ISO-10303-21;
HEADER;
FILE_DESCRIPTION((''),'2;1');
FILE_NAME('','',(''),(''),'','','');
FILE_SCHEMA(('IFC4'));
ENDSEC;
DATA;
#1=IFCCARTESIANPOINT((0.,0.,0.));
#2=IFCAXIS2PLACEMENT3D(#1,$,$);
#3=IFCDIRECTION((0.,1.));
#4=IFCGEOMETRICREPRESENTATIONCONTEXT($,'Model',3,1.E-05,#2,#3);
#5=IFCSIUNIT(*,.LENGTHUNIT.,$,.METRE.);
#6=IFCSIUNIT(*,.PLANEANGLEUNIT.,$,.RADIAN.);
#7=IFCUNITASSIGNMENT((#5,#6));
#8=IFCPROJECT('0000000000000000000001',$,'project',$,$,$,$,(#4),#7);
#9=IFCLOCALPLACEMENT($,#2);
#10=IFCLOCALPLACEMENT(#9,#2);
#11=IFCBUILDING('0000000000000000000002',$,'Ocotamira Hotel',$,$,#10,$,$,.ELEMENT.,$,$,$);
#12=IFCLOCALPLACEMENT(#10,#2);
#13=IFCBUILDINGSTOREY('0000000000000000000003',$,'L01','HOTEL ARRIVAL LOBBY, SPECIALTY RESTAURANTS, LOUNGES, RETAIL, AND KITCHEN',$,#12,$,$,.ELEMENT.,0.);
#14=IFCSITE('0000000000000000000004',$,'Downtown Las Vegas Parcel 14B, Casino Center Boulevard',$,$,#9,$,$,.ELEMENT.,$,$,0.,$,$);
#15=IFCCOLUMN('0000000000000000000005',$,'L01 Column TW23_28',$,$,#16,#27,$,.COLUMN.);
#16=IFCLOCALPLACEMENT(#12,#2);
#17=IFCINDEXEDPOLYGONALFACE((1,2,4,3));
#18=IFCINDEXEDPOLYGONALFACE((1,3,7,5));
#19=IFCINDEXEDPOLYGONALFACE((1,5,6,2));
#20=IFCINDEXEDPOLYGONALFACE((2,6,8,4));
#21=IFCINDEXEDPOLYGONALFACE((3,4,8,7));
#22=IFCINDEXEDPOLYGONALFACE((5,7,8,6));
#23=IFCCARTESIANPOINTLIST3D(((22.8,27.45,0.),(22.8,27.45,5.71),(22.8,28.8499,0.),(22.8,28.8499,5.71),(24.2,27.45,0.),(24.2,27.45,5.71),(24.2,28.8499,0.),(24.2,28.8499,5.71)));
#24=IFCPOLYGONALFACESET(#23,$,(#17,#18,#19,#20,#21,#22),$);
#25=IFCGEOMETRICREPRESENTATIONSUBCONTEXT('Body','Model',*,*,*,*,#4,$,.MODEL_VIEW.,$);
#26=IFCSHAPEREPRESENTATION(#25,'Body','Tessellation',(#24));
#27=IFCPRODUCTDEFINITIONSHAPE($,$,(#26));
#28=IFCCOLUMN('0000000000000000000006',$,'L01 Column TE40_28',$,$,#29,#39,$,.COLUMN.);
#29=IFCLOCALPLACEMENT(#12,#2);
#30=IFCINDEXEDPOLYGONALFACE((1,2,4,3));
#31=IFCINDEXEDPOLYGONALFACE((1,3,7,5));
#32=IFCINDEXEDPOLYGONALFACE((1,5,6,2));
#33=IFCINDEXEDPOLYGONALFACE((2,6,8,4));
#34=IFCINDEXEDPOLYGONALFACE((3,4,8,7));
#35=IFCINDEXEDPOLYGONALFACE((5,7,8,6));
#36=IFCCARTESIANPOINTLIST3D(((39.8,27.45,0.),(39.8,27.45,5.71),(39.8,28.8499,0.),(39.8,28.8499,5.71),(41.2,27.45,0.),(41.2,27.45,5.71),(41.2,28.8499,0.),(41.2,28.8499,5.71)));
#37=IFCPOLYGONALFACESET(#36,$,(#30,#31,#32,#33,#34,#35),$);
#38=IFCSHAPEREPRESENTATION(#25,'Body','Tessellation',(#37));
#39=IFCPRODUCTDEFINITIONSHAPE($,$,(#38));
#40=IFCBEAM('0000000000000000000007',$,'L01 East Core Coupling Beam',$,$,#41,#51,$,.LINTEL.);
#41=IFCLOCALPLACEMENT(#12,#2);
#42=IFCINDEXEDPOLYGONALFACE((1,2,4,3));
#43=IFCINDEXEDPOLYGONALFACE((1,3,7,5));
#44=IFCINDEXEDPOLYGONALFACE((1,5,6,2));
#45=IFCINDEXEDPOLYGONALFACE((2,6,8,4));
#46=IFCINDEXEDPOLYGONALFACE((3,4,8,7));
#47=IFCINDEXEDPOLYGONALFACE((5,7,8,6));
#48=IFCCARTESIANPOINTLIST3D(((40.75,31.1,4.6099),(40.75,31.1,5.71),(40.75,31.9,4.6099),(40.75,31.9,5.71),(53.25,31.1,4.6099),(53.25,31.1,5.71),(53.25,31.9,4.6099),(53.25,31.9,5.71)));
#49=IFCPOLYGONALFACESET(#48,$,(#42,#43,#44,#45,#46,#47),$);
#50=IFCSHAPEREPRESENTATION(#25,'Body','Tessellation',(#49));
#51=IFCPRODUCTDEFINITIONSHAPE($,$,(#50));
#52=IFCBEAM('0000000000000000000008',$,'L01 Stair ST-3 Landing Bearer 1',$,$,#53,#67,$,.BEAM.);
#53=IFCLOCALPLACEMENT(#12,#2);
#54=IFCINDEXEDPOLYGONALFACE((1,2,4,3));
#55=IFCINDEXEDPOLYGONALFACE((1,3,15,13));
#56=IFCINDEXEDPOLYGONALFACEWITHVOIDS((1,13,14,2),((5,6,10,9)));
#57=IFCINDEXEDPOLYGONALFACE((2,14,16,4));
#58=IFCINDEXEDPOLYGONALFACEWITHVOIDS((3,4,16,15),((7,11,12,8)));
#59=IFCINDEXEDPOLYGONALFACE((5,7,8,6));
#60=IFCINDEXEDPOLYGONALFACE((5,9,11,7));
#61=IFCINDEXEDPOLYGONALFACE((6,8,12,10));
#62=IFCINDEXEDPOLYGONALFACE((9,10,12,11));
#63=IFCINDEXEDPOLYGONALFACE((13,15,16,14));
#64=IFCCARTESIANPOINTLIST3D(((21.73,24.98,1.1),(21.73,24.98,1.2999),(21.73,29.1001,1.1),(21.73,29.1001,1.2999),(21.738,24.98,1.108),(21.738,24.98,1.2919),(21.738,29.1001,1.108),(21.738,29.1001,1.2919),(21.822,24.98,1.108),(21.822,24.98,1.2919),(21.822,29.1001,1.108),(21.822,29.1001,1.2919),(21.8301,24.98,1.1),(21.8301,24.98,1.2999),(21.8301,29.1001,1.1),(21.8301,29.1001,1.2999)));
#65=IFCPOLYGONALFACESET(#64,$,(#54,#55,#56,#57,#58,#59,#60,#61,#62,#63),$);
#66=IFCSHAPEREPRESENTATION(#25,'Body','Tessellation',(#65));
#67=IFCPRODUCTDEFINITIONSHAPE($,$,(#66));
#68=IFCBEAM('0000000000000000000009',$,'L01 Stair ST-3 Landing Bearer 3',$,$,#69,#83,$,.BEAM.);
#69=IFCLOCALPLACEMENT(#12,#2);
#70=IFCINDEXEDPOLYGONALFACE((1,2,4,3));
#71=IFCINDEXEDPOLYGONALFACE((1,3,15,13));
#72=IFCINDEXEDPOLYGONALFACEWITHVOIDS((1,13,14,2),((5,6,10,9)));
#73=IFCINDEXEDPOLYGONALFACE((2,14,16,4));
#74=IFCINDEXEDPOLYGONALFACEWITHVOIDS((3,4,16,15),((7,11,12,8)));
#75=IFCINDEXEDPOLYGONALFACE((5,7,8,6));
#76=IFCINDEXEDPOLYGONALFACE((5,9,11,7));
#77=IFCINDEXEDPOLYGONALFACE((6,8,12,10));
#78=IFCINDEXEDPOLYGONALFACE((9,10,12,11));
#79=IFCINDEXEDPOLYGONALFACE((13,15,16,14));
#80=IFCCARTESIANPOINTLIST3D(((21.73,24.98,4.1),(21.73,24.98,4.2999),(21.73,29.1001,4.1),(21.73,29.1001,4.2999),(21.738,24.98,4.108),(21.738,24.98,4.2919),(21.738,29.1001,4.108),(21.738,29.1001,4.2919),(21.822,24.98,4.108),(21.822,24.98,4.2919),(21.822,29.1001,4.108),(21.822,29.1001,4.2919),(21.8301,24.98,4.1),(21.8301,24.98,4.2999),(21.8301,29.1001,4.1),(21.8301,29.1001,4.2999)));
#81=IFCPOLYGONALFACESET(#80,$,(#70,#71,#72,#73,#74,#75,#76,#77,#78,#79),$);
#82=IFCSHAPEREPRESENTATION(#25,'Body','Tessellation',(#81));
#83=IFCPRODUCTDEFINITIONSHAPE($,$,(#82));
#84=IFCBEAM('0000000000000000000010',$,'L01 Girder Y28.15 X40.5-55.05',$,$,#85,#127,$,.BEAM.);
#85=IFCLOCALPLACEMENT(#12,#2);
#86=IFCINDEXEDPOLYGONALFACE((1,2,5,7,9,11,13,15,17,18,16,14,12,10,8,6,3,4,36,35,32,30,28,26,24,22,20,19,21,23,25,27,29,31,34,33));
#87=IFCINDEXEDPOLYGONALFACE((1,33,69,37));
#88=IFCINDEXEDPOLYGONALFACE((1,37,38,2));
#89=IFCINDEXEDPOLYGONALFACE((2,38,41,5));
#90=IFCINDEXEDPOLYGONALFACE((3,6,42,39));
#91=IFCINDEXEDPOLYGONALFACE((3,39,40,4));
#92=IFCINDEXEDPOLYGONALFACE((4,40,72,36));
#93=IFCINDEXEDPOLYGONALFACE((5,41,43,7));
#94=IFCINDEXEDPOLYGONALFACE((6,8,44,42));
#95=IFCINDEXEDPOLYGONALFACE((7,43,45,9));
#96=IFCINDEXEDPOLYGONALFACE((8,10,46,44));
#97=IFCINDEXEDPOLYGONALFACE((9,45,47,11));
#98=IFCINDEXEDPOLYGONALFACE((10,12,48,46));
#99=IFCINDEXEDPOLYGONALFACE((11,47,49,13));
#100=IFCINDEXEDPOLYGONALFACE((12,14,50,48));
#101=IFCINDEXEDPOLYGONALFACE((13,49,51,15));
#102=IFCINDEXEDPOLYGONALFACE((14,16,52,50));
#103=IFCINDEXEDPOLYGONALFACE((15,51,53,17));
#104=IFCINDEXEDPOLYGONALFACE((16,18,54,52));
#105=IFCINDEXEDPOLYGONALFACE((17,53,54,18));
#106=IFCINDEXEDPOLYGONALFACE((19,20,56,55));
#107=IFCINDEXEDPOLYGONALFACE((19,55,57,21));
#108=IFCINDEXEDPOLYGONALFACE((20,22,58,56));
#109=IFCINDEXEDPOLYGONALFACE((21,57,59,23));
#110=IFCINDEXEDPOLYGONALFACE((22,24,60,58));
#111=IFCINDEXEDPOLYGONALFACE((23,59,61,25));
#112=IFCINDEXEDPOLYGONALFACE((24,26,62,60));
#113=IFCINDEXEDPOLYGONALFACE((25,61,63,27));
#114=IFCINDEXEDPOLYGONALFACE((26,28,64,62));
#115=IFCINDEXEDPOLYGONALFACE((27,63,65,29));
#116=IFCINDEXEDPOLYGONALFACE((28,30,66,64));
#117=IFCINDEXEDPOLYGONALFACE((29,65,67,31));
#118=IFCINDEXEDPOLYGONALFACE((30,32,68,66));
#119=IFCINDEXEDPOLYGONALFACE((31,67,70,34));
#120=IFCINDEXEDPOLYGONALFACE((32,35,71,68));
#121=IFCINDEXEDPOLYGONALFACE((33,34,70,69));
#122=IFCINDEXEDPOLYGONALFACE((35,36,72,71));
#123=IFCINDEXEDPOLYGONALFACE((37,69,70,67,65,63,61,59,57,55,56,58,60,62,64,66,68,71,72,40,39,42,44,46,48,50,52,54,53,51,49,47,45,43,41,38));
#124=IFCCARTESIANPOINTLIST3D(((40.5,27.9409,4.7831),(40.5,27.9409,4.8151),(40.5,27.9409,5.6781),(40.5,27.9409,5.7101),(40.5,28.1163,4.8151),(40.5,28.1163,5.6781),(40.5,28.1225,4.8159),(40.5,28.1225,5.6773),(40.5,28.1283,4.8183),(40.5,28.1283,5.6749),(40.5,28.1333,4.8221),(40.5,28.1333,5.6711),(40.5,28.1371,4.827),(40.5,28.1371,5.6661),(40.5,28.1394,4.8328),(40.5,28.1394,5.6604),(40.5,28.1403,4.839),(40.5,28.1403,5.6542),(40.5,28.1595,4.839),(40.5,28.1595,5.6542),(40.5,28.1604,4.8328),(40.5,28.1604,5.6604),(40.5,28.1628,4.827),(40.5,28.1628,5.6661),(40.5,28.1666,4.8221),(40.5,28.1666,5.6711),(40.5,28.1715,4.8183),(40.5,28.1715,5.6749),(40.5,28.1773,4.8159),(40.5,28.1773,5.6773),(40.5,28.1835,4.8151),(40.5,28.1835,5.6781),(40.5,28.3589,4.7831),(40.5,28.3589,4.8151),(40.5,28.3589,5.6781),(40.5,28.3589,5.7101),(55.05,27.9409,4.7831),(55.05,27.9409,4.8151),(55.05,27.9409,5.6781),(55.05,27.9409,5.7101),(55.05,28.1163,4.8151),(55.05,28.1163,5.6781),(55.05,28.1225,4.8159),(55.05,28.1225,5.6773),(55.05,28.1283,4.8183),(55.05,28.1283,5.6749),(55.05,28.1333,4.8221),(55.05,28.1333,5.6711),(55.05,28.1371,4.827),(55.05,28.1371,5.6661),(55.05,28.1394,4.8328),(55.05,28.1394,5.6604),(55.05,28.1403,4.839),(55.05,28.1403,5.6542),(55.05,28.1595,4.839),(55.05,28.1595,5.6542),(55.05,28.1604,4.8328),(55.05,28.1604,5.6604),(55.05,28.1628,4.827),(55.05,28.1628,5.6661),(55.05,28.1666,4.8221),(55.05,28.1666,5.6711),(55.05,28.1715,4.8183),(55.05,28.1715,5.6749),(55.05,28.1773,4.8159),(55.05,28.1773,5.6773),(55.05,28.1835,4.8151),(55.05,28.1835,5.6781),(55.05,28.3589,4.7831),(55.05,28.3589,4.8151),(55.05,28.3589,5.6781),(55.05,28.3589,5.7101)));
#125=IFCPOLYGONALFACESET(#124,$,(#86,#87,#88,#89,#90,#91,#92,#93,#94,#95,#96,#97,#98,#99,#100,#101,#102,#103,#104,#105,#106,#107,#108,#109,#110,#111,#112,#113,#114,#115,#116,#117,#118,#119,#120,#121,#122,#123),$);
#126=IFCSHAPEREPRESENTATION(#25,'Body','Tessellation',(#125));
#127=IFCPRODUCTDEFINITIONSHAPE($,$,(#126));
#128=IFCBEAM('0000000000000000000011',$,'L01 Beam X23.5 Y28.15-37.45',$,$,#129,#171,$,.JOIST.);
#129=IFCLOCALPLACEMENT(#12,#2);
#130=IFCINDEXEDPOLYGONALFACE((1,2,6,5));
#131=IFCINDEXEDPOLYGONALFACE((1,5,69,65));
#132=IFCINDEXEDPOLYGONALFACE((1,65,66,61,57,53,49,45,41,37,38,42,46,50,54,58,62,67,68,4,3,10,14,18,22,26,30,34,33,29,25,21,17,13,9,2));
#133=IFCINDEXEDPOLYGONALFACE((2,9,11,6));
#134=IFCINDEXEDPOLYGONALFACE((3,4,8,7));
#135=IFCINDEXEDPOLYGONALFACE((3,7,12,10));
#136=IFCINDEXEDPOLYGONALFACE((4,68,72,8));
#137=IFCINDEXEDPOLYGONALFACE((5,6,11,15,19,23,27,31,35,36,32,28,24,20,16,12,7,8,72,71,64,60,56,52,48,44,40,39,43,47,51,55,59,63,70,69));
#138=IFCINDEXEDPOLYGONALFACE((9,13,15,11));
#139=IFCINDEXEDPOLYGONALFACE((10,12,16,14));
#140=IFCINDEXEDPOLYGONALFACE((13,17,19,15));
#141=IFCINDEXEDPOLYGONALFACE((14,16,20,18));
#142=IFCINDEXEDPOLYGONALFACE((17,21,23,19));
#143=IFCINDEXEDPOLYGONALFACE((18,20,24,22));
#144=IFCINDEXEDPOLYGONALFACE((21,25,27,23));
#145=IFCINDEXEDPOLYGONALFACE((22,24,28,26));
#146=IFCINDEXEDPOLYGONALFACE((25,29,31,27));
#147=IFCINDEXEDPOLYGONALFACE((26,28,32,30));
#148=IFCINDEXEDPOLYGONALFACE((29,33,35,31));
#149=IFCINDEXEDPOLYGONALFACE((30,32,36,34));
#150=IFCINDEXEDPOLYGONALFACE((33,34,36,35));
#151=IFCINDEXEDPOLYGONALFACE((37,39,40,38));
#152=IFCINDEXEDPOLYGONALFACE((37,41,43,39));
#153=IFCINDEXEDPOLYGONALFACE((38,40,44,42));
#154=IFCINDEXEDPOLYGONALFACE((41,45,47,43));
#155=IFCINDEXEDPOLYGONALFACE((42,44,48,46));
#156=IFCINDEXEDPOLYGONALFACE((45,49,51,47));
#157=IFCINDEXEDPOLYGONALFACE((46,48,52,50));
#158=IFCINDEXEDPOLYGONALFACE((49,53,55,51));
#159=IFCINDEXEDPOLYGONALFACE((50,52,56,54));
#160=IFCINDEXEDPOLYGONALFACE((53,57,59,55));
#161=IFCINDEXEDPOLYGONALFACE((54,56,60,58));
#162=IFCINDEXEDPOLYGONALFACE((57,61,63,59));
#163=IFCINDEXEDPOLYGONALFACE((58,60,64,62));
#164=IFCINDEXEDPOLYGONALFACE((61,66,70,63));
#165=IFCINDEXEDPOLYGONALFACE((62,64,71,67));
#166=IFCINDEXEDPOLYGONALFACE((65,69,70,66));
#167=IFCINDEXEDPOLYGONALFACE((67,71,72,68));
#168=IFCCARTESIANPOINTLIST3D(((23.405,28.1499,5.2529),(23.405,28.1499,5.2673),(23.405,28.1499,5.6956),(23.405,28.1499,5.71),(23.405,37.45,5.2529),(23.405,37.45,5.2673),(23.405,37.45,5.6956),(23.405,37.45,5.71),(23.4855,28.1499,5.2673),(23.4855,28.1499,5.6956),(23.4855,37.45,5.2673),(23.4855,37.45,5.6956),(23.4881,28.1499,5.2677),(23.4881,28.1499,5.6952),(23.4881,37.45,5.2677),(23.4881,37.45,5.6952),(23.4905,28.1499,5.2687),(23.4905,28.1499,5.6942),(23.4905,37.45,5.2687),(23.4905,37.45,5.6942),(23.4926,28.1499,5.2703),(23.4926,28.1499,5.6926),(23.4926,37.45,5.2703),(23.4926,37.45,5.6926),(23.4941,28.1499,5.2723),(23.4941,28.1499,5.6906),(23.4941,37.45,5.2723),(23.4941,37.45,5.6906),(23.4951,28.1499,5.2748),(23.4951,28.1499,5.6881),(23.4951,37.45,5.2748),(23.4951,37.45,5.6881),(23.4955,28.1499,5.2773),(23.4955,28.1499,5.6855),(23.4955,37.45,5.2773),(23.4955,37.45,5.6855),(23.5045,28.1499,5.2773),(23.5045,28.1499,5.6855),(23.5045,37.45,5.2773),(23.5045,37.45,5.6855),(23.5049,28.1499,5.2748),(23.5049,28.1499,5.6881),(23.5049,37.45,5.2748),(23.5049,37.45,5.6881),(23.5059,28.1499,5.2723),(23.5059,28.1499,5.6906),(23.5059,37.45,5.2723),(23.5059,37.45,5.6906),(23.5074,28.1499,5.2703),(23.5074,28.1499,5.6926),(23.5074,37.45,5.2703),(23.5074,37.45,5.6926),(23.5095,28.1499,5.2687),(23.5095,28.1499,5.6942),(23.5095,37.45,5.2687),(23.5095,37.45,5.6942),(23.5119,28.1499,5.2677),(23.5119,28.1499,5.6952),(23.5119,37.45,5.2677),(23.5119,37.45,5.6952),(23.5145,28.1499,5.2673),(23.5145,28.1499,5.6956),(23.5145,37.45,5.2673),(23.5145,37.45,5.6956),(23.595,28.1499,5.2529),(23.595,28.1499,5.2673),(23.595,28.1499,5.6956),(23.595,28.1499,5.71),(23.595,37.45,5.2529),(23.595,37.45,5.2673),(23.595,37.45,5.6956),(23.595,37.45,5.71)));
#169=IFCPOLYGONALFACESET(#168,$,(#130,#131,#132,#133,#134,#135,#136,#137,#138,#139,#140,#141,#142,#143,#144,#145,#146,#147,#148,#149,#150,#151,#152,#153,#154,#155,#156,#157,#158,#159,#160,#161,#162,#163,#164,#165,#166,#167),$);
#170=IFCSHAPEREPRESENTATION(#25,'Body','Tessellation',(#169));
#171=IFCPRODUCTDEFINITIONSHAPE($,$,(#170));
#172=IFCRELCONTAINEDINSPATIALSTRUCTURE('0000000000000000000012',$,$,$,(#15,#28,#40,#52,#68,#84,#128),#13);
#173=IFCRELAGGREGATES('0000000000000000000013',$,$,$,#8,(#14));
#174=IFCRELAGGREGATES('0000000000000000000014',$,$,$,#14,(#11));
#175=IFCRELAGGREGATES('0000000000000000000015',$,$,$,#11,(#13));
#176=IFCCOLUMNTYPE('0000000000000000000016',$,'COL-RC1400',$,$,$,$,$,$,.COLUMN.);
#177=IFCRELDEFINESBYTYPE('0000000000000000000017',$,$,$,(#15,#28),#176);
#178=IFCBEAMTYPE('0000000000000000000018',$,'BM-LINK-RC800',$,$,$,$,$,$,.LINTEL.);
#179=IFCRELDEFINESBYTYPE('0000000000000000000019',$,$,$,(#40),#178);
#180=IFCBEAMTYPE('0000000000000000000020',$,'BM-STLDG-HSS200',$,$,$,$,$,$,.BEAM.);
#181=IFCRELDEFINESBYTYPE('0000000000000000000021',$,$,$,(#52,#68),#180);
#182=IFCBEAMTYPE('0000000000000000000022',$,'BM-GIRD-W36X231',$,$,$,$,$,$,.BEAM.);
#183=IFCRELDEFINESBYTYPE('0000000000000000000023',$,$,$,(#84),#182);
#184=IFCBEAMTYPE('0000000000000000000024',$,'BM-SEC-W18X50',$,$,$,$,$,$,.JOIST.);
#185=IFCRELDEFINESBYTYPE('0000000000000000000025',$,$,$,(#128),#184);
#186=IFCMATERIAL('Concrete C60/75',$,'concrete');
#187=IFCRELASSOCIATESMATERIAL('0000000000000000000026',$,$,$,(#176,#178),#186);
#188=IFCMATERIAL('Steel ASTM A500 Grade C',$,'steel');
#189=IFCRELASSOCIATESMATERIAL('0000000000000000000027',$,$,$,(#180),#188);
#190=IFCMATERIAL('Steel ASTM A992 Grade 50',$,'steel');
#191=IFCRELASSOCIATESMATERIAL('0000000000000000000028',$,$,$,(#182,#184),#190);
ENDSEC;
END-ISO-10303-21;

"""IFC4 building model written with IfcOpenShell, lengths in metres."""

from ifc_helpers import new_model, si_unit, direction, frame, origin, origin_2d, place, context, subcontext, project, spatial, rectangle, hollow_rectangle, i_section, extrude, source, transform, mapped, material, material_profile, profile_set, type_object, element, save


model = new_model("IFC4")

# Units and contexts
model_context = context("Model", 3, precision=1e-05, world=origin(), true_north=direction((0.0, 1.0)))
body_context = subcontext(model_context, "Body", "Model", "MODEL_VIEW")
ifc_project = project(units=[si_unit("LENGTHUNIT", "METRE"), si_unit("PLANEANGLEUNIT", "RADIAN")], contexts=[model_context])

# Site, building, storey
site_placement = place(None, origin())
site = spatial("IfcSite", under=ifc_project, at=site_placement, Name="Downtown Las Vegas Parcel 14B, Casino Center Boulevard", CompositionType="ELEMENT", RefElevation=0.0)
building_placement = place(site_placement, origin())
building = spatial("IfcBuilding", under=site, at=building_placement, Name="Ocotamira Hotel", CompositionType="ELEMENT")
storey_placement = place(building_placement, origin())
storey = spatial("IfcBuildingStorey", under=building, at=storey_placement, Name="L01", Description="HOTEL ARRIVAL LOBBY, SPECIALTY RESTAURANTS, LOUNGES, RETAIL, AND KITCHEN", CompositionType="ELEMENT", Elevation=0.0)

# Columns
ifc_material_1 = material(Name="Concrete C60/75", Category="concrete")
ifc_material_profile_1 = material_profile(ifc_material_1, rectangle(XDim=1.3999, YDim=1.3999, at=origin_2d()), Name="RC1400X1400")
ifc_profile_set_1 = profile_set([ifc_material_profile_1], Name="Concrete C60/75")
column_type = type_object("IfcColumnType", Name="COL-RC1400", PredefinedType="COLUMN", material=ifc_profile_set_1)
shared_shape_1 = source(origin(), body_context, "Body", "SweptSolid", [
    extrude(rectangle(XDim=1.3999, YDim=1.3999, at=origin_2d()), origin(), (0.0, 0.0, 1.0), 5.71),
])
for number, where, z_axis, x_axis, name in (
    (1, (23.5, 28.1499, 0.0), (0.0, 0.0, 1.0), (1.0, 0.0, 0.0), "L01 Column TW23_28"),
    (2, (40.5, 28.1499, 0.0), (0.0, 0.0, 1.0), (1.0, 0.0, 0.0), "L01 Column TE40_28"),
):
    element("IfcColumn", number, at=place(storey_placement, frame(where, z_axis=z_axis, x_axis=x_axis)), inside=storey, type_object=column_type, Name=name, PredefinedType="COLUMN", context=body_context, shape_type="MappedRepresentation", body=[
        mapped(shared_shape_1, transform((0.0, 0.0, 0.0), scale=1.0)),
    ])

# Beams
ifc_material_profile_2 = material_profile(ifc_material_1, rectangle(XDim=0.8, YDim=1.1001, at=origin_2d()), Name="RC800X1100")
ifc_profile_set_2 = profile_set([ifc_material_profile_2], Name="Concrete C60/75")
beam_type_1 = type_object("IfcBeamType", Name="BM-LINK-RC800", PredefinedType="LINTEL", material=ifc_profile_set_2)
shared_shape_2 = source(origin(), body_context, "Body", "SweptSolid", [
    extrude(rectangle(XDim=0.8, YDim=1.1001, at=origin_2d()), origin(), (0.0, 0.0, 1.0), 12.5),
])
beam_1_placement = place(storey_placement, frame((40.75, 31.5, 5.1599), z_axis=(1.0, 0.0, 0.0), x_axis=(0.0, 1.0, 0.0)))
element("IfcBeam", 3, at=beam_1_placement, inside=storey, type_object=beam_type_1, Name="L01 East Core Coupling Beam", PredefinedType="LINTEL", context=body_context, shape_type="MappedRepresentation", body=[
    mapped(shared_shape_2, transform((0.0, 0.0, 0.0), scale=1.0)),
])
ifc_material_2 = material(Name="Steel ASTM A500 Grade C", Category="steel")
ifc_material_profile_3 = material_profile(ifc_material_2, hollow_rectangle(XDim=0.1001, YDim=0.2, WallThickness=0.0081, at=origin_2d()), Name="HSS200X100X8")
ifc_profile_set_3 = profile_set([ifc_material_profile_3], Name="Steel ASTM A500 Grade C")
beam_type_2 = type_object("IfcBeamType", Name="BM-STLDG-HSS200", PredefinedType="BEAM", material=ifc_profile_set_3)
shared_shape_3 = source(origin(), body_context, "Body", "SweptSolid", [
    extrude(hollow_rectangle(XDim=0.1001, YDim=0.2, WallThickness=0.0081, at=origin_2d()), origin(), (0.0, 0.0, 1.0), 4.1201),
])
for number, where, z_axis, x_axis, name in (
    (4, (21.78, 24.98, 1.2), (0.0, 1.0, 0.0), (-1.0, 0.0, 0.0), "L01 Stair ST-3 Landing Bearer 1"),
    (5, (21.78, 24.98, 4.2), (0.0, 1.0, 0.0), (-1.0, 0.0, 0.0), "L01 Stair ST-3 Landing Bearer 3"),
):
    element("IfcBeam", number, at=place(storey_placement, frame(where, z_axis=z_axis, x_axis=x_axis)), inside=storey, type_object=beam_type_2, Name=name, PredefinedType="BEAM", context=body_context, shape_type="MappedRepresentation", body=[
        mapped(shared_shape_3, transform((0.0, 0.0, 0.0), scale=1.0)),
    ])
ifc_material_3 = material(Name="Steel ASTM A992 Grade 50", Category="steel")
ifc_material_profile_4 = material_profile(ifc_material_3, i_section(OverallWidth=0.418, OverallDepth=0.927, WebThickness=0.0193, FlangeThickness=0.032, FilletRadius=0.0239, at=origin_2d()), Name="W36X231")
ifc_profile_set_4 = profile_set([ifc_material_profile_4], Name="Steel ASTM A992 Grade 50")
beam_type_3 = type_object("IfcBeamType", Name="BM-GIRD-W36X231", PredefinedType="BEAM", material=ifc_profile_set_4)
shared_shape_4 = source(origin(), body_context, "Body", "SweptSolid", [
    extrude(i_section(OverallWidth=0.418, OverallDepth=0.927, WebThickness=0.0193, FlangeThickness=0.032, FilletRadius=0.0239, at=origin_2d()), origin(), (0.0, 0.0, 1.0), 14.55),
])
beam_2_placement = place(storey_placement, frame((40.5, 28.1499, 5.2466), z_axis=(1.0, 0.0, 0.0), x_axis=(0.0, 1.0, 0.0)))
element("IfcBeam", 6, at=beam_2_placement, inside=storey, type_object=beam_type_3, Name="L01 Girder Y28.15 X40.5-55.05", PredefinedType="BEAM", context=body_context, shape_type="MappedRepresentation", body=[
    mapped(shared_shape_4, transform((0.0, 0.0, 0.0), scale=1.0)),
])
ifc_material_profile_5 = material_profile(ifc_material_3, i_section(OverallWidth=0.1899, OverallDepth=0.457, WebThickness=0.009, FlangeThickness=0.0144, FilletRadius=0.01, at=origin_2d()), Name="W18X50")
ifc_profile_set_5 = profile_set([ifc_material_profile_5], Name="Steel ASTM A992 Grade 50")
beam_type_4 = type_object("IfcBeamType", Name="BM-SEC-W18X50", PredefinedType="JOIST", material=ifc_profile_set_5)
shared_shape_5 = source(origin(), body_context, "Body", "SweptSolid", [
    extrude(i_section(OverallWidth=0.1899, OverallDepth=0.457, WebThickness=0.009, FlangeThickness=0.0144, FilletRadius=0.01, at=origin_2d()), origin(), (0.0, 0.0, 1.0), 9.3),
])
for number, where, z_axis, x_axis, name in (
    (7, (23.5, 28.1499, 5.4814), (0.0, 1.0, 0.0), (-1.0, 0.0, 0.0), "L01 Beam X23.5 Y28.15-37.45"),
):
    element("IfcBeam", number, at=place(storey_placement, frame(where, z_axis=z_axis, x_axis=x_axis)), inside=storey, type_object=beam_type_4, Name=name, PredefinedType="JOIST", context=body_context, shape_type="MappedRepresentation", body=[
        mapped(shared_shape_5, transform((0.0, 0.0, 0.0), scale=1.0)),
    ])

save(model, "model.ifc")
